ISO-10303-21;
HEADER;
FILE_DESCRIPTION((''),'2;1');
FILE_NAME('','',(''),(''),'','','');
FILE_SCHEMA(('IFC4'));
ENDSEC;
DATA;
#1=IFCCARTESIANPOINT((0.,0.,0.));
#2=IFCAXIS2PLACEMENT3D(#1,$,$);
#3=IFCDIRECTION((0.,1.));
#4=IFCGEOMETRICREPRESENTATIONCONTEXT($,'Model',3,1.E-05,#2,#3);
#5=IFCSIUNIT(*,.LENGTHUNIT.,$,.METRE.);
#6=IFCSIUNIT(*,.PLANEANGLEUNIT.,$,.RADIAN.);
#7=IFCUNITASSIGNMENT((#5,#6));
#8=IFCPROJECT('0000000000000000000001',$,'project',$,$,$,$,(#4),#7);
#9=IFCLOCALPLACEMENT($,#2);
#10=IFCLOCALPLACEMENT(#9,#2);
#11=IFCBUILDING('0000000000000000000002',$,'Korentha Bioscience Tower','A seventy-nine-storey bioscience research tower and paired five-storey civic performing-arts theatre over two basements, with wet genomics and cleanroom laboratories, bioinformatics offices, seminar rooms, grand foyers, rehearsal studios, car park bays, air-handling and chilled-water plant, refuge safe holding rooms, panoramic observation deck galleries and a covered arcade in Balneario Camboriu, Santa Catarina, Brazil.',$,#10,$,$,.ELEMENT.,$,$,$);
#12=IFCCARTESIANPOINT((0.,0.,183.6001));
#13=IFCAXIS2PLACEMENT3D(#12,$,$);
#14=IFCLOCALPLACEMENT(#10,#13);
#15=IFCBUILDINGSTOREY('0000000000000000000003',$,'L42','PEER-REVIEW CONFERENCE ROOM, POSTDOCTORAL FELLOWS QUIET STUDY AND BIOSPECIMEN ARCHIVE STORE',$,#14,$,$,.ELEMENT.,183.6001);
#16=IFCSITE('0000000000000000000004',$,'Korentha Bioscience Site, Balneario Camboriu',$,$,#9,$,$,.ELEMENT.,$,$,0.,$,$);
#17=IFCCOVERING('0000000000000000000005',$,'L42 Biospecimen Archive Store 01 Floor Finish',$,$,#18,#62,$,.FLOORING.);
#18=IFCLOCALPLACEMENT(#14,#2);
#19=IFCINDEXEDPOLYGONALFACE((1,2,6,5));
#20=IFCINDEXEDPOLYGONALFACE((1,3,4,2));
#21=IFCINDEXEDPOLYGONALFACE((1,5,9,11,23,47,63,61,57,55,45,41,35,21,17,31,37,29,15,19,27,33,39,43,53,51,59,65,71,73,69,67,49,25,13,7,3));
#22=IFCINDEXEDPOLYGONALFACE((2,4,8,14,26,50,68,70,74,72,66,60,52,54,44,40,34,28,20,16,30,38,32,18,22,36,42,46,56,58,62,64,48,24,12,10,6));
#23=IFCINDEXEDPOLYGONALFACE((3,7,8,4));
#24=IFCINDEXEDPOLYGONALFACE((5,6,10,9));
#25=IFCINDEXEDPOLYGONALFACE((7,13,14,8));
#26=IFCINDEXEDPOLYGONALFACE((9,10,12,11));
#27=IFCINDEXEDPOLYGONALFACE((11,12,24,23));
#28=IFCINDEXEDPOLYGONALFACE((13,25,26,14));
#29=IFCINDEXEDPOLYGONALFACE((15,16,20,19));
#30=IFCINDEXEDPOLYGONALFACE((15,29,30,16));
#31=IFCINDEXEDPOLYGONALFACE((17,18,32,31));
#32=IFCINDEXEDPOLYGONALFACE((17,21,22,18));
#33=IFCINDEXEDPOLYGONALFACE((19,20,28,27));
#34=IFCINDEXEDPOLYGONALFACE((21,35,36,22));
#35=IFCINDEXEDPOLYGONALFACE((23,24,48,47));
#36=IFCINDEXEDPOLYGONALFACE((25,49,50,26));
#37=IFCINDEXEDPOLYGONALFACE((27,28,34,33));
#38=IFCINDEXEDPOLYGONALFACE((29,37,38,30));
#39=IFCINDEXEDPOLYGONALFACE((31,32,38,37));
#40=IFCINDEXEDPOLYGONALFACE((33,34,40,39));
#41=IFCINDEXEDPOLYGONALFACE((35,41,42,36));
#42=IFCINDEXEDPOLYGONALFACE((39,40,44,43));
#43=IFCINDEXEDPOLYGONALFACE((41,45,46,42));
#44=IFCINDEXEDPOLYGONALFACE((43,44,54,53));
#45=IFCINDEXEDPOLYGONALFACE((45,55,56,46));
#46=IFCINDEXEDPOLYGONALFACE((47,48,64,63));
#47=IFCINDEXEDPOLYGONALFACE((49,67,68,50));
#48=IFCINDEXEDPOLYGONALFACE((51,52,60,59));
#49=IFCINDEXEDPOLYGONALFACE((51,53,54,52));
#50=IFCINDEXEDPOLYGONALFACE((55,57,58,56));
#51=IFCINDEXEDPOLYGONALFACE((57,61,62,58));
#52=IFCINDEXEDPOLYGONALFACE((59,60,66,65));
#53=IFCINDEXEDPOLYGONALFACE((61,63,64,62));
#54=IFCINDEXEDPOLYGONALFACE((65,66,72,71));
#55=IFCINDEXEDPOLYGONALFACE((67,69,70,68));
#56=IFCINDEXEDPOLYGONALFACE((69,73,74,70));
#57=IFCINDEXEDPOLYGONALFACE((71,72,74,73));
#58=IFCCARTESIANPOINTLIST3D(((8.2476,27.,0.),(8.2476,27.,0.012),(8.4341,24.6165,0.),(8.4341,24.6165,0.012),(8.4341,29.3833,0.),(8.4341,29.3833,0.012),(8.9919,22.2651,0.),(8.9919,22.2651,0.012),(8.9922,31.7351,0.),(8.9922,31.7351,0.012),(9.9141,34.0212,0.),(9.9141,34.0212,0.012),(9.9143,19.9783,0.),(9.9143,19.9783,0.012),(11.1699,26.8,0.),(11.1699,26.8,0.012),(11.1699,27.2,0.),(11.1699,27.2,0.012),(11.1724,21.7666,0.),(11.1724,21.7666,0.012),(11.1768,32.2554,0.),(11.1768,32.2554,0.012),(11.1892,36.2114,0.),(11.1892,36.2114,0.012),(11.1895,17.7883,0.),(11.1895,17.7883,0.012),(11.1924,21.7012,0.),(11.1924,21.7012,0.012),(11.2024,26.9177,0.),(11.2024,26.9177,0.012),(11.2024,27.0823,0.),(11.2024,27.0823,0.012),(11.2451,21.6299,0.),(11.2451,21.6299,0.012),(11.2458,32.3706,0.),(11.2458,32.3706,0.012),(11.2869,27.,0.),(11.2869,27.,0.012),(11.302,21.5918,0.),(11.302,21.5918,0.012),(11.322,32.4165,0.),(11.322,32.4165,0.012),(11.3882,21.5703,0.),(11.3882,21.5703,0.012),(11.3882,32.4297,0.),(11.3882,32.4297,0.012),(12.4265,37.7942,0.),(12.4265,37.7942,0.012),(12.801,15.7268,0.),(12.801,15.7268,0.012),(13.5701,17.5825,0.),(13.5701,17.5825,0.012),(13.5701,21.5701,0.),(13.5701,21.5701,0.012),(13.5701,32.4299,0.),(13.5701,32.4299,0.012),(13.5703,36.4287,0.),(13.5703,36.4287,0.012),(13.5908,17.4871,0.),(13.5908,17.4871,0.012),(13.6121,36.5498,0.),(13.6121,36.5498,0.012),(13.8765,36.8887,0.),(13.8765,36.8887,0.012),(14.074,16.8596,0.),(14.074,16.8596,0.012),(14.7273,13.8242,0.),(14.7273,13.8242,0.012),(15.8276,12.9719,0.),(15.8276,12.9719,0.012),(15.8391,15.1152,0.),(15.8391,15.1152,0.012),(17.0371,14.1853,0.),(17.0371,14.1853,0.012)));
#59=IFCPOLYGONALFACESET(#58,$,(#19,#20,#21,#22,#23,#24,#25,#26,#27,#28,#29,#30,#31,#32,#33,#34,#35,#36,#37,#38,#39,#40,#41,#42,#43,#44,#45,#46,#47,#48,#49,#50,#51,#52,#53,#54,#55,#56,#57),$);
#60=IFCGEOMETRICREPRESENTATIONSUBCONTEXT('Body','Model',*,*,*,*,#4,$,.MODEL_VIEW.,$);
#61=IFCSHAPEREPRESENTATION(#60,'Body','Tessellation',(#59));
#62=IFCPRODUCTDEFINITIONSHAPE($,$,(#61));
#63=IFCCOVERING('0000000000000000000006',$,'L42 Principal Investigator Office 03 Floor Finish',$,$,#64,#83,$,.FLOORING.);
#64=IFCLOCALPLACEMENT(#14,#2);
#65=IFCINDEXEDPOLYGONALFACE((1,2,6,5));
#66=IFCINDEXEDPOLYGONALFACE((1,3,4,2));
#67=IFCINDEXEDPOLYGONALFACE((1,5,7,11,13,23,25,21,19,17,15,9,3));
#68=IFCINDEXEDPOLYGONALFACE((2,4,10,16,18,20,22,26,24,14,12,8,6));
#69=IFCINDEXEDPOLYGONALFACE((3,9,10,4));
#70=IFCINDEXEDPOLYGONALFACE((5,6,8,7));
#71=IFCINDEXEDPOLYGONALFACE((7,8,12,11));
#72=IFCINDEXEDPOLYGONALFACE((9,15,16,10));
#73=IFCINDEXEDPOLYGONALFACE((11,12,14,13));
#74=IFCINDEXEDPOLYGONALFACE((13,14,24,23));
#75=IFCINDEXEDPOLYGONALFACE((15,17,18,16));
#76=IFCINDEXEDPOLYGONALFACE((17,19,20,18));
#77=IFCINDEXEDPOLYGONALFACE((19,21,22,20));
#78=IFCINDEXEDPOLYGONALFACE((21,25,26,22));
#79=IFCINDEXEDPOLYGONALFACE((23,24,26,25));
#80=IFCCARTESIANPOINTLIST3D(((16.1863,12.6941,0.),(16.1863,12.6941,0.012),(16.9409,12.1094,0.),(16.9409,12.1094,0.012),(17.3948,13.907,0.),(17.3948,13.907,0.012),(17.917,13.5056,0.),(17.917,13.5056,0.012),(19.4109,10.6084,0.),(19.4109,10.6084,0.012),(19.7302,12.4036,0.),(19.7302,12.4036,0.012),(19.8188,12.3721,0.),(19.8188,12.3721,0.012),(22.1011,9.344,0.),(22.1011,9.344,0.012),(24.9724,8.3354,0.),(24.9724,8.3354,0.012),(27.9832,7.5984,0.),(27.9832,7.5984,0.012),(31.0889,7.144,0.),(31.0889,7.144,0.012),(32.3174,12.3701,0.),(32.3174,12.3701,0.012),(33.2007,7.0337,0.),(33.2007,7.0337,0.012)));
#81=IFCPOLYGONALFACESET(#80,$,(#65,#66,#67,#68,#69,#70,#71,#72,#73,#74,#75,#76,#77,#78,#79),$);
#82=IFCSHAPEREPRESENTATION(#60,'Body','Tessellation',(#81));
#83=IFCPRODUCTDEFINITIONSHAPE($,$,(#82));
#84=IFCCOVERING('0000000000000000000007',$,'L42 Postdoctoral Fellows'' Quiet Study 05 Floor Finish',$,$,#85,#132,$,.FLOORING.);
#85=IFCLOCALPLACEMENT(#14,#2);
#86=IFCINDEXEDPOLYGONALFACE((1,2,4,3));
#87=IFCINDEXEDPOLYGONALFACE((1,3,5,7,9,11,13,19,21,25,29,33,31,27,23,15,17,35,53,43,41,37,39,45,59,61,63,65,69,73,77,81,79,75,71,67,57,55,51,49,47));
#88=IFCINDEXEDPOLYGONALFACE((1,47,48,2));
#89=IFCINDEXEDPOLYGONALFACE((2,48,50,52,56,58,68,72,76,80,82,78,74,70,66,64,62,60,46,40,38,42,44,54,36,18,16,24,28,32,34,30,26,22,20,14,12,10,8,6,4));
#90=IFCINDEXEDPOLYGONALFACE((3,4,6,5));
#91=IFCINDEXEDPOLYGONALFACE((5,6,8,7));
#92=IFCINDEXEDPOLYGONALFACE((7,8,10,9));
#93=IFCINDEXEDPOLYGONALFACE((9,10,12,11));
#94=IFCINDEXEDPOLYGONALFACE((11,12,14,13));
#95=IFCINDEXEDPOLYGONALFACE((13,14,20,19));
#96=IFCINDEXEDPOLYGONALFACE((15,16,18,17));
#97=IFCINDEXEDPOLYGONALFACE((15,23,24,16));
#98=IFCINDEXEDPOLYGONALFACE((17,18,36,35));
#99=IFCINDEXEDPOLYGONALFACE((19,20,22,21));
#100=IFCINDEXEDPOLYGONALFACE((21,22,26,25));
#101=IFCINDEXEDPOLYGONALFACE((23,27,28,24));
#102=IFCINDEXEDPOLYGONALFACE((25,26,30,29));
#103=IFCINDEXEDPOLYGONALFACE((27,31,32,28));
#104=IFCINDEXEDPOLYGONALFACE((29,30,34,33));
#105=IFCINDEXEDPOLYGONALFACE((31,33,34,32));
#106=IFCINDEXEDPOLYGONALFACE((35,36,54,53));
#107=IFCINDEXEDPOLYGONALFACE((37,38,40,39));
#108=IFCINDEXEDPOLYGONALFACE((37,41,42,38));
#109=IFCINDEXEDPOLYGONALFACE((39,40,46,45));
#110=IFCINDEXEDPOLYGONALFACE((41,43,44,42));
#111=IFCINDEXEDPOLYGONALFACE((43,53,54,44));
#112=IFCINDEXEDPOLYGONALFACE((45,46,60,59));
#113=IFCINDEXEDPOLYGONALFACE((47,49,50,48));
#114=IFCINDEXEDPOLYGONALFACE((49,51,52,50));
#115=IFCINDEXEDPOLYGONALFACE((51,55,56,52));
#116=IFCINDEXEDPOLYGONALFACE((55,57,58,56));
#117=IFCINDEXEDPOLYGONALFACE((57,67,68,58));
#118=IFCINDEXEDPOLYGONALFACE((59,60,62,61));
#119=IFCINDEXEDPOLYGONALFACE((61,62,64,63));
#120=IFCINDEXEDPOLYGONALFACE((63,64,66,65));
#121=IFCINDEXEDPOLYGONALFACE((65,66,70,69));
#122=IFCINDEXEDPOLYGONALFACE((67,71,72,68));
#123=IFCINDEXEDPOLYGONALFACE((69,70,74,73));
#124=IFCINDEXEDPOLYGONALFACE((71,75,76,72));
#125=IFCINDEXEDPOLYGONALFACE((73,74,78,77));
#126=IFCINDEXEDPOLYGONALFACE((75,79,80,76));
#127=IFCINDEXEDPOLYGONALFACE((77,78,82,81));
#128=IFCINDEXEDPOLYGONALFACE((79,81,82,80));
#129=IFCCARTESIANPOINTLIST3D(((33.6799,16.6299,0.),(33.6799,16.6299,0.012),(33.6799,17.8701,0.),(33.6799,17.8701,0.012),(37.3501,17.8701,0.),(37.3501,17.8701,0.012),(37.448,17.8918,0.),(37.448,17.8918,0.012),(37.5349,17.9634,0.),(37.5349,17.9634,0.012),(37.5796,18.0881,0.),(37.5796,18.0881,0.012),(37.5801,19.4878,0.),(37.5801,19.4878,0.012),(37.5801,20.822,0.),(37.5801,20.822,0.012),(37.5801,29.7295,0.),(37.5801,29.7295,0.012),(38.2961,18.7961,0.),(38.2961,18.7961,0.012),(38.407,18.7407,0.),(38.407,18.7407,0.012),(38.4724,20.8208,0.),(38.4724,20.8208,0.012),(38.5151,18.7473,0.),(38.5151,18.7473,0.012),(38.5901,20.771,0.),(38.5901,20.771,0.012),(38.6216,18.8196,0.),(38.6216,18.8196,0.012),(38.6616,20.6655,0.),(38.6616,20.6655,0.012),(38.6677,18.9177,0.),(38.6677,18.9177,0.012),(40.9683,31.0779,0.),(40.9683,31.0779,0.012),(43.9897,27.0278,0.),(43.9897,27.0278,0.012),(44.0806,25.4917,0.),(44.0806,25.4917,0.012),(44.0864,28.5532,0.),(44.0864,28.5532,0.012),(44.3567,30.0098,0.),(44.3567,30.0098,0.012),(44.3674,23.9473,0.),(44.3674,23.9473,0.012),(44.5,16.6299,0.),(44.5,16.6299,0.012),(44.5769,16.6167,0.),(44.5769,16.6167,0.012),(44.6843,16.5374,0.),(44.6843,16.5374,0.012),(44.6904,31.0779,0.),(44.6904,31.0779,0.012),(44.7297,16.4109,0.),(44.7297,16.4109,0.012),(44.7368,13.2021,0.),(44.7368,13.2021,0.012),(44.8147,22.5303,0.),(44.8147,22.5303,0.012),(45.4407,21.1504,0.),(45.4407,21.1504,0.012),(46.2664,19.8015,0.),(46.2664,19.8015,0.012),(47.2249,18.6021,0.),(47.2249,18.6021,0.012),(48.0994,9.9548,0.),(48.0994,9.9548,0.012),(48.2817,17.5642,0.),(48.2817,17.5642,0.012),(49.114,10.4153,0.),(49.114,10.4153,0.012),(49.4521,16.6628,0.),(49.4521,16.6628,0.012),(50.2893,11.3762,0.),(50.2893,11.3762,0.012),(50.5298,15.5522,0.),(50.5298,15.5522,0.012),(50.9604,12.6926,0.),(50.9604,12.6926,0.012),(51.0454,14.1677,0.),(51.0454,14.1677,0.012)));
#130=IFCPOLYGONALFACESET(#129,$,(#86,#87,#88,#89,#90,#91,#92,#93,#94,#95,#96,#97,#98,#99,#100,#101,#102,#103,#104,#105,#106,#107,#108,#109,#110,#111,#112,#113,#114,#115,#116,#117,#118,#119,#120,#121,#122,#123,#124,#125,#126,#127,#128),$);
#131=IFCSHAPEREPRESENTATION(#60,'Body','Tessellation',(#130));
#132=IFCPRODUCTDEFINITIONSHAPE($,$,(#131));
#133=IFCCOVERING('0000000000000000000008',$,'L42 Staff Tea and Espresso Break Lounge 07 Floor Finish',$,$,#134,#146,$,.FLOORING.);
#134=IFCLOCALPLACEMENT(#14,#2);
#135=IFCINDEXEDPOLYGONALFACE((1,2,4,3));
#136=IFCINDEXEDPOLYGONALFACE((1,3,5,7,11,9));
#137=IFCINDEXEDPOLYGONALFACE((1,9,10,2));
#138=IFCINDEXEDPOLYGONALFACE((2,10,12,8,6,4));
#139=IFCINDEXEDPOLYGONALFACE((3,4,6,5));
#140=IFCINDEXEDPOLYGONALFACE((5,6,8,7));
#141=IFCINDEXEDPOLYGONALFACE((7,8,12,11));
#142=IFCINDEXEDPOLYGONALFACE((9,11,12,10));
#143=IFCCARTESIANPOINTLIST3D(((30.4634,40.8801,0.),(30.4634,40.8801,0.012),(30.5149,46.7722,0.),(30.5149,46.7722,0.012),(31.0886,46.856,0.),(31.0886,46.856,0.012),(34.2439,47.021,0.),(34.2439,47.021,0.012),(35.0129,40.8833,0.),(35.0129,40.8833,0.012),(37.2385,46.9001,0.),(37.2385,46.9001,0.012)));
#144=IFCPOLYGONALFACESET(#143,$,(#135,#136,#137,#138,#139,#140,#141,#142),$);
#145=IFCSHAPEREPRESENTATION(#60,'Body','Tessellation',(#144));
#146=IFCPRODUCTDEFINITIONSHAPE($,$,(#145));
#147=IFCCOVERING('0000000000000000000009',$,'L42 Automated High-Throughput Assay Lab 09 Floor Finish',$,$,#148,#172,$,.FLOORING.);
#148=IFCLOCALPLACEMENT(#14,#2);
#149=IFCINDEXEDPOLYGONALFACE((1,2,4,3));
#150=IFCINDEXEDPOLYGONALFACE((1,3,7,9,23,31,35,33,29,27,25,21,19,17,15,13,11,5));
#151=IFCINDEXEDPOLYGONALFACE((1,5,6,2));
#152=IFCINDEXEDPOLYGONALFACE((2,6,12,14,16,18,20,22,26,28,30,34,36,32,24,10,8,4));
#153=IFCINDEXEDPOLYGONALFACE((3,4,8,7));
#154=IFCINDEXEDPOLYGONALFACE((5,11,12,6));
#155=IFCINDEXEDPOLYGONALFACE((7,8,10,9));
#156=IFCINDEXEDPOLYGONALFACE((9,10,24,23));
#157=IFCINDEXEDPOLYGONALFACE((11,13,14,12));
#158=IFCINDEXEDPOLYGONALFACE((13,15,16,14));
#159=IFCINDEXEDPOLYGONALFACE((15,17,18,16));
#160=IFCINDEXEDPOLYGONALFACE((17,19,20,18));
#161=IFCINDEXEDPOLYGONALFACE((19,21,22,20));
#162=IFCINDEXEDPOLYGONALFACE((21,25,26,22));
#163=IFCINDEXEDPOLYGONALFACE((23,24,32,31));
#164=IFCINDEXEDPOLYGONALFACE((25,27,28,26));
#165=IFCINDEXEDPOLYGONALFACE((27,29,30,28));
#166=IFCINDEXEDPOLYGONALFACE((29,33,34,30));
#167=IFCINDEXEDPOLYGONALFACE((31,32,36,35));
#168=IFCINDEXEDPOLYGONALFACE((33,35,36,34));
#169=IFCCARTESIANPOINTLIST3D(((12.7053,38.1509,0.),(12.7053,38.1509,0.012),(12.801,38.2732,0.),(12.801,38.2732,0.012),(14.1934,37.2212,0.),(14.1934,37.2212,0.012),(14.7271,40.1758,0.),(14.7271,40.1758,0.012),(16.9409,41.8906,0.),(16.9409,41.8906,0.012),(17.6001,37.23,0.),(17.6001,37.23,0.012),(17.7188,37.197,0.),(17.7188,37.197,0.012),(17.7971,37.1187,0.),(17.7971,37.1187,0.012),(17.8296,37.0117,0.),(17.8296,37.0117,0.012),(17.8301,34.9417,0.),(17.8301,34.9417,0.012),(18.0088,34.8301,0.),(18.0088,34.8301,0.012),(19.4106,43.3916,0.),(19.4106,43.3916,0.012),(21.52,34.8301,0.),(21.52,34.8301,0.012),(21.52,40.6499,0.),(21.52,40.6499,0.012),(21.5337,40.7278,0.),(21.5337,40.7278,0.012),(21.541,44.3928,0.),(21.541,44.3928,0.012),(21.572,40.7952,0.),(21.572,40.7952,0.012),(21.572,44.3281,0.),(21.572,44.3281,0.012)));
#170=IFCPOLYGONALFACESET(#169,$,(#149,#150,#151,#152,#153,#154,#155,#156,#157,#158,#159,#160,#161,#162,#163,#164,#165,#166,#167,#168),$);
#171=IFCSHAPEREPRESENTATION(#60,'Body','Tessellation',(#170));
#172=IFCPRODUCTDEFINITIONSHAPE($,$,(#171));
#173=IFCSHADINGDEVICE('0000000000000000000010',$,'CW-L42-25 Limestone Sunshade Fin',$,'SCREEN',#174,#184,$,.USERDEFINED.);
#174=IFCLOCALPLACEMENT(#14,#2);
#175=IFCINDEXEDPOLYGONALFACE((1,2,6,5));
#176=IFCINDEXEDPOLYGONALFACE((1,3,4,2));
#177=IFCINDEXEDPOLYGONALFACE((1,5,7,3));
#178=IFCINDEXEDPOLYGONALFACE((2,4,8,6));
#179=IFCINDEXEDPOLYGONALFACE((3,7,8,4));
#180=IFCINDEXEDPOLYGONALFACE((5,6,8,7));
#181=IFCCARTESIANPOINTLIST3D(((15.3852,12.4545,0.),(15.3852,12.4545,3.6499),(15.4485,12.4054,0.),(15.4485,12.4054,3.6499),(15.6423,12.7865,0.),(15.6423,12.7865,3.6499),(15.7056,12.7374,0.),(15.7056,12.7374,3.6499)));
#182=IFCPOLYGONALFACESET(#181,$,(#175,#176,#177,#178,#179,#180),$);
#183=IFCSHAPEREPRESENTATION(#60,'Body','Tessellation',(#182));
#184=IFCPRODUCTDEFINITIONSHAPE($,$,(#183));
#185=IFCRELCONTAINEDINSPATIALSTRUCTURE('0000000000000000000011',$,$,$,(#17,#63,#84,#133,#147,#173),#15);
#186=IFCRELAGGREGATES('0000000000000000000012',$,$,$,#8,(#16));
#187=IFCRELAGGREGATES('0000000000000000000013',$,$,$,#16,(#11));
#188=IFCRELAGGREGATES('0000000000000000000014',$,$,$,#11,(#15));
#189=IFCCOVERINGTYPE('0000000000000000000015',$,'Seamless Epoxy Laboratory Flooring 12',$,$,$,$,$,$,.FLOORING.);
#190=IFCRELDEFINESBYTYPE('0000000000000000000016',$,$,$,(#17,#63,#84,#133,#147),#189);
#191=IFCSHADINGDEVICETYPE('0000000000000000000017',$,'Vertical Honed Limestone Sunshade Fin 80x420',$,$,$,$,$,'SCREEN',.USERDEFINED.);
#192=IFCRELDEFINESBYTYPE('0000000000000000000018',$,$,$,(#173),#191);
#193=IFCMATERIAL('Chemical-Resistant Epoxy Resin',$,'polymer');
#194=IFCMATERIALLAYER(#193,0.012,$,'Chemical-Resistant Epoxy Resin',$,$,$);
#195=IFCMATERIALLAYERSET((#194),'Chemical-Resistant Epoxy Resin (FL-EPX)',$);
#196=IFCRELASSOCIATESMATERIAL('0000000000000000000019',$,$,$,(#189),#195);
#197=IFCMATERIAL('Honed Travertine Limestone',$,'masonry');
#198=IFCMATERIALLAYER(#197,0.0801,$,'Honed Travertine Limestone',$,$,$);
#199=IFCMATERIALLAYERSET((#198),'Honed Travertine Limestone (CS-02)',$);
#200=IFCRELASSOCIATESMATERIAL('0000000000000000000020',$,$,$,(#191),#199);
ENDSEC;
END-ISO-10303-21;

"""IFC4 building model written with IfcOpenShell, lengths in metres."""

from ifc_helpers import new_model, si_unit, direction, frame, origin, origin_2d, place, context, subcontext, project, spatial, polyline, rectangle, outline, extrude, material, layer, layer_set, type_object, element, save


model = new_model("IFC4")

# Units and contexts
model_context = context("Model", 3, precision=1e-05, world=origin(), true_north=direction((0.0, 1.0)))
body_context = subcontext(model_context, "Body", "Model", "MODEL_VIEW")
ifc_project = project(units=[si_unit("LENGTHUNIT", "METRE"), si_unit("PLANEANGLEUNIT", "RADIAN")], contexts=[model_context])

# Site, building, storey
site_placement = place(None, origin())
site = spatial("IfcSite", under=ifc_project, at=site_placement, Name="Korentha Bioscience Site, Balneario Camboriu", CompositionType="ELEMENT", RefElevation=0.0)
building_placement = place(site_placement, origin())
building = spatial("IfcBuilding", under=site, at=building_placement, Name="Korentha Bioscience Tower", Description="A seventy-nine-storey bioscience research tower and paired five-storey civic performing-arts theatre over two basements, with wet genomics and cleanroom laboratories, bioinformatics offices, seminar rooms, grand foyers, rehearsal studios, car park bays, air-handling and chilled-water plant, refuge safe holding rooms, panoramic observation deck galleries and a covered arcade in Balneario Camboriu, Santa Catarina, Brazil.", CompositionType="ELEMENT")
storey_placement = place(building_placement, frame((0.0, 0.0, 183.6001)))
storey = spatial("IfcBuildingStorey", under=building, at=storey_placement, Name="L42", Description="PEER-REVIEW CONFERENCE ROOM, POSTDOCTORAL FELLOWS QUIET STUDY AND BIOSPECIMEN ARCHIVE STORE", CompositionType="ELEMENT", Elevation=183.6001)

# Coverings
ifc_material_1 = material(Name="Chemical-Resistant Epoxy Resin", Category="polymer")
ifc_layer_1 = layer(ifc_material_1, 0.012, Name="Chemical-Resistant Epoxy Resin")
ifc_layer_set_1 = layer_set([ifc_layer_1], Name="Chemical-Resistant Epoxy Resin (FL-EPX)")
covering_type_1 = type_object("IfcCoveringType", Name="Seamless Epoxy Laboratory Flooring 12", PredefinedType="FLOORING", material=ifc_layer_set_1)
covering_1_placement = place(storey_placement, origin())
element("IfcCovering", 1, at=covering_1_placement, inside=storey, type_object=covering_type_1, Name="L42 Biospecimen Archive Store 01 Floor Finish", PredefinedType="FLOORING", context=body_context, shape_type="SweptSolid", body=[
    extrude(outline(polyline([(8.4341, 29.3833), (8.9922, 31.7351), (9.9141, 34.0212), (11.1892, 36.2114), (12.4265, 37.7942), (13.8765, 36.8887), (13.6121, 36.5498), (13.5703, 36.4287), (13.5701, 32.4299), (11.3882, 32.4297), (11.322, 32.4165), (11.2458, 32.3706), (11.1768, 32.2554), (11.1699, 27.2), (11.2024, 27.0823), (11.2869, 27.0), (11.2024, 26.9177), (11.1699, 26.8), (11.1724, 21.7666), (11.1924, 21.7012), (11.2451, 21.6299), (11.302, 21.5918), (11.3882, 21.5703), (13.5701, 21.5701), (13.5701, 17.5825), (13.5908, 17.4871), (14.074, 16.8596), (15.8391, 15.1152), (17.0371, 14.1853), (15.8276, 12.9719), (14.7273, 13.8242), (12.801, 15.7268), (11.1895, 17.7883), (9.9143, 19.9783), (8.9919, 22.2651), (8.4341, 24.6165), (8.2476, 27.0), (8.4341, 29.3833)])), origin(), (0.0, 0.0, 1.0), 0.012),
])
covering_2_placement = place(storey_placement, origin())
element("IfcCovering", 2, at=covering_2_placement, inside=storey, type_object=covering_type_1, Name="L42 Principal Investigator Office 03 Floor Finish", PredefinedType="FLOORING", context=body_context, shape_type="SweptSolid", body=[
    extrude(outline(polyline([(22.1011, 9.344), (19.4109, 10.6084), (16.9409, 12.1094), (16.1863, 12.6941), (17.3948, 13.907), (17.917, 13.5056), (19.7302, 12.4036), (19.8188, 12.3721), (32.3174, 12.3701), (33.2007, 7.0337), (31.0889, 7.144), (27.9832, 7.5984), (24.9724, 8.3354), (22.1011, 9.344)])), origin(), (0.0, 0.0, 1.0), 0.012),
])
covering_3_placement = place(storey_placement, origin())
element("IfcCovering", 3, at=covering_3_placement, inside=storey, type_object=covering_type_1, Name="L42 Postdoctoral Fellows' Quiet Study 05 Floor Finish", PredefinedType="FLOORING", context=body_context, shape_type="SweptSolid", body=[
    extrude(outline(polyline([(38.2961, 18.7961), (38.407, 18.7407), (38.5151, 18.7473), (38.6216, 18.8196), (38.6677, 18.9177), (38.6616, 20.6655), (38.5901, 20.771), (38.4724, 20.8208), (37.5801, 20.822), (37.5801, 29.7295), (40.9683, 31.0779), (44.6904, 31.0779), (44.3567, 30.0098), (44.0864, 28.5532), (43.9897, 27.0278), (44.0806, 25.4917), (44.3674, 23.9473), (44.8147, 22.5303), (45.4407, 21.1504), (46.2664, 19.8015), (47.2249, 18.6021), (48.2817, 17.5642), (49.4521, 16.6628), (50.5298, 15.5522), (51.0454, 14.1677), (50.9604, 12.6926), (50.2893, 11.3762), (49.114, 10.4153), (48.0994, 9.9548), (44.7368, 13.2021), (44.7297, 16.4109), (44.6843, 16.5374), (44.5769, 16.6167), (44.5, 16.6299), (33.6799, 16.6299), (33.6799, 17.8701), (37.3501, 17.8701), (37.448, 17.8918), (37.5349, 17.9634), (37.5796, 18.0881), (37.5801, 19.4878), (38.2961, 18.7961)])), origin(), (0.0, 0.0, 1.0), 0.012),
])
covering_4_placement = place(storey_placement, origin())
element("IfcCovering", 4, at=covering_4_placement, inside=storey, type_object=covering_type_1, Name="L42 Staff Tea and Espresso Break Lounge 07 Floor Finish", PredefinedType="FLOORING", context=body_context, shape_type="SweptSolid", body=[
    extrude(outline(polyline([(37.2385, 46.9001), (35.0129, 40.8833), (30.4634, 40.8801), (30.5149, 46.7722), (31.0886, 46.856), (34.2439, 47.021), (37.2385, 46.9001)])), origin(), (0.0, 0.0, 1.0), 0.012),
])
covering_5_placement = place(storey_placement, origin())
element("IfcCovering", 5, at=covering_5_placement, inside=storey, type_object=covering_type_1, Name="L42 Automated High-Throughput Assay Lab 09 Floor Finish", PredefinedType="FLOORING", context=body_context, shape_type="SweptSolid", body=[
    extrude(outline(polyline([(12.7053, 38.1509), (12.801, 38.2732), (14.7271, 40.1758), (16.9409, 41.8906), (19.4106, 43.3916), (21.541, 44.3928), (21.572, 44.3281), (21.572, 40.7952), (21.5337, 40.7278), (21.52, 40.6499), (21.52, 34.8301), (18.0088, 34.8301), (17.8301, 34.9417), (17.8296, 37.0117), (17.7971, 37.1187), (17.7188, 37.197), (17.6001, 37.23), (14.1934, 37.2212), (12.7053, 38.1509)])), origin(), (0.0, 0.0, 1.0), 0.012),
])

# Shading device
ifc_material_2 = material(Name="Honed Travertine Limestone", Category="masonry")
ifc_layer_2 = layer(ifc_material_2, 0.0801, Name="Honed Travertine Limestone")
ifc_layer_set_2 = layer_set([ifc_layer_2], Name="Honed Travertine Limestone (CS-02)")
shading_device_type_1 = type_object("IfcShadingDeviceType", Name="Vertical Honed Limestone Sunshade Fin 80x420", ElementType="SCREEN", PredefinedType="USERDEFINED", material=ifc_layer_set_2)
shading_device_1_placement = place(storey_placement, frame((15.5454, 12.5959, 0.0), z_axis=(0.0, 0.0, 1.0), x_axis=(0.790547, -0.612402, 0.0)))
element("IfcShadingDevice", 6, at=shading_device_1_placement, inside=storey, type_object=shading_device_type_1, Name="CW-L42-25 Limestone Sunshade Fin", ObjectType="SCREEN", PredefinedType="USERDEFINED", context=body_context, shape_type="SweptSolid", body=[
    extrude(rectangle(XDim=0.0801, YDim=0.4199, at=origin_2d()), origin(), (0.0, 0.0, 1.0), 3.6499),
])

save(model, "model.ifc")
